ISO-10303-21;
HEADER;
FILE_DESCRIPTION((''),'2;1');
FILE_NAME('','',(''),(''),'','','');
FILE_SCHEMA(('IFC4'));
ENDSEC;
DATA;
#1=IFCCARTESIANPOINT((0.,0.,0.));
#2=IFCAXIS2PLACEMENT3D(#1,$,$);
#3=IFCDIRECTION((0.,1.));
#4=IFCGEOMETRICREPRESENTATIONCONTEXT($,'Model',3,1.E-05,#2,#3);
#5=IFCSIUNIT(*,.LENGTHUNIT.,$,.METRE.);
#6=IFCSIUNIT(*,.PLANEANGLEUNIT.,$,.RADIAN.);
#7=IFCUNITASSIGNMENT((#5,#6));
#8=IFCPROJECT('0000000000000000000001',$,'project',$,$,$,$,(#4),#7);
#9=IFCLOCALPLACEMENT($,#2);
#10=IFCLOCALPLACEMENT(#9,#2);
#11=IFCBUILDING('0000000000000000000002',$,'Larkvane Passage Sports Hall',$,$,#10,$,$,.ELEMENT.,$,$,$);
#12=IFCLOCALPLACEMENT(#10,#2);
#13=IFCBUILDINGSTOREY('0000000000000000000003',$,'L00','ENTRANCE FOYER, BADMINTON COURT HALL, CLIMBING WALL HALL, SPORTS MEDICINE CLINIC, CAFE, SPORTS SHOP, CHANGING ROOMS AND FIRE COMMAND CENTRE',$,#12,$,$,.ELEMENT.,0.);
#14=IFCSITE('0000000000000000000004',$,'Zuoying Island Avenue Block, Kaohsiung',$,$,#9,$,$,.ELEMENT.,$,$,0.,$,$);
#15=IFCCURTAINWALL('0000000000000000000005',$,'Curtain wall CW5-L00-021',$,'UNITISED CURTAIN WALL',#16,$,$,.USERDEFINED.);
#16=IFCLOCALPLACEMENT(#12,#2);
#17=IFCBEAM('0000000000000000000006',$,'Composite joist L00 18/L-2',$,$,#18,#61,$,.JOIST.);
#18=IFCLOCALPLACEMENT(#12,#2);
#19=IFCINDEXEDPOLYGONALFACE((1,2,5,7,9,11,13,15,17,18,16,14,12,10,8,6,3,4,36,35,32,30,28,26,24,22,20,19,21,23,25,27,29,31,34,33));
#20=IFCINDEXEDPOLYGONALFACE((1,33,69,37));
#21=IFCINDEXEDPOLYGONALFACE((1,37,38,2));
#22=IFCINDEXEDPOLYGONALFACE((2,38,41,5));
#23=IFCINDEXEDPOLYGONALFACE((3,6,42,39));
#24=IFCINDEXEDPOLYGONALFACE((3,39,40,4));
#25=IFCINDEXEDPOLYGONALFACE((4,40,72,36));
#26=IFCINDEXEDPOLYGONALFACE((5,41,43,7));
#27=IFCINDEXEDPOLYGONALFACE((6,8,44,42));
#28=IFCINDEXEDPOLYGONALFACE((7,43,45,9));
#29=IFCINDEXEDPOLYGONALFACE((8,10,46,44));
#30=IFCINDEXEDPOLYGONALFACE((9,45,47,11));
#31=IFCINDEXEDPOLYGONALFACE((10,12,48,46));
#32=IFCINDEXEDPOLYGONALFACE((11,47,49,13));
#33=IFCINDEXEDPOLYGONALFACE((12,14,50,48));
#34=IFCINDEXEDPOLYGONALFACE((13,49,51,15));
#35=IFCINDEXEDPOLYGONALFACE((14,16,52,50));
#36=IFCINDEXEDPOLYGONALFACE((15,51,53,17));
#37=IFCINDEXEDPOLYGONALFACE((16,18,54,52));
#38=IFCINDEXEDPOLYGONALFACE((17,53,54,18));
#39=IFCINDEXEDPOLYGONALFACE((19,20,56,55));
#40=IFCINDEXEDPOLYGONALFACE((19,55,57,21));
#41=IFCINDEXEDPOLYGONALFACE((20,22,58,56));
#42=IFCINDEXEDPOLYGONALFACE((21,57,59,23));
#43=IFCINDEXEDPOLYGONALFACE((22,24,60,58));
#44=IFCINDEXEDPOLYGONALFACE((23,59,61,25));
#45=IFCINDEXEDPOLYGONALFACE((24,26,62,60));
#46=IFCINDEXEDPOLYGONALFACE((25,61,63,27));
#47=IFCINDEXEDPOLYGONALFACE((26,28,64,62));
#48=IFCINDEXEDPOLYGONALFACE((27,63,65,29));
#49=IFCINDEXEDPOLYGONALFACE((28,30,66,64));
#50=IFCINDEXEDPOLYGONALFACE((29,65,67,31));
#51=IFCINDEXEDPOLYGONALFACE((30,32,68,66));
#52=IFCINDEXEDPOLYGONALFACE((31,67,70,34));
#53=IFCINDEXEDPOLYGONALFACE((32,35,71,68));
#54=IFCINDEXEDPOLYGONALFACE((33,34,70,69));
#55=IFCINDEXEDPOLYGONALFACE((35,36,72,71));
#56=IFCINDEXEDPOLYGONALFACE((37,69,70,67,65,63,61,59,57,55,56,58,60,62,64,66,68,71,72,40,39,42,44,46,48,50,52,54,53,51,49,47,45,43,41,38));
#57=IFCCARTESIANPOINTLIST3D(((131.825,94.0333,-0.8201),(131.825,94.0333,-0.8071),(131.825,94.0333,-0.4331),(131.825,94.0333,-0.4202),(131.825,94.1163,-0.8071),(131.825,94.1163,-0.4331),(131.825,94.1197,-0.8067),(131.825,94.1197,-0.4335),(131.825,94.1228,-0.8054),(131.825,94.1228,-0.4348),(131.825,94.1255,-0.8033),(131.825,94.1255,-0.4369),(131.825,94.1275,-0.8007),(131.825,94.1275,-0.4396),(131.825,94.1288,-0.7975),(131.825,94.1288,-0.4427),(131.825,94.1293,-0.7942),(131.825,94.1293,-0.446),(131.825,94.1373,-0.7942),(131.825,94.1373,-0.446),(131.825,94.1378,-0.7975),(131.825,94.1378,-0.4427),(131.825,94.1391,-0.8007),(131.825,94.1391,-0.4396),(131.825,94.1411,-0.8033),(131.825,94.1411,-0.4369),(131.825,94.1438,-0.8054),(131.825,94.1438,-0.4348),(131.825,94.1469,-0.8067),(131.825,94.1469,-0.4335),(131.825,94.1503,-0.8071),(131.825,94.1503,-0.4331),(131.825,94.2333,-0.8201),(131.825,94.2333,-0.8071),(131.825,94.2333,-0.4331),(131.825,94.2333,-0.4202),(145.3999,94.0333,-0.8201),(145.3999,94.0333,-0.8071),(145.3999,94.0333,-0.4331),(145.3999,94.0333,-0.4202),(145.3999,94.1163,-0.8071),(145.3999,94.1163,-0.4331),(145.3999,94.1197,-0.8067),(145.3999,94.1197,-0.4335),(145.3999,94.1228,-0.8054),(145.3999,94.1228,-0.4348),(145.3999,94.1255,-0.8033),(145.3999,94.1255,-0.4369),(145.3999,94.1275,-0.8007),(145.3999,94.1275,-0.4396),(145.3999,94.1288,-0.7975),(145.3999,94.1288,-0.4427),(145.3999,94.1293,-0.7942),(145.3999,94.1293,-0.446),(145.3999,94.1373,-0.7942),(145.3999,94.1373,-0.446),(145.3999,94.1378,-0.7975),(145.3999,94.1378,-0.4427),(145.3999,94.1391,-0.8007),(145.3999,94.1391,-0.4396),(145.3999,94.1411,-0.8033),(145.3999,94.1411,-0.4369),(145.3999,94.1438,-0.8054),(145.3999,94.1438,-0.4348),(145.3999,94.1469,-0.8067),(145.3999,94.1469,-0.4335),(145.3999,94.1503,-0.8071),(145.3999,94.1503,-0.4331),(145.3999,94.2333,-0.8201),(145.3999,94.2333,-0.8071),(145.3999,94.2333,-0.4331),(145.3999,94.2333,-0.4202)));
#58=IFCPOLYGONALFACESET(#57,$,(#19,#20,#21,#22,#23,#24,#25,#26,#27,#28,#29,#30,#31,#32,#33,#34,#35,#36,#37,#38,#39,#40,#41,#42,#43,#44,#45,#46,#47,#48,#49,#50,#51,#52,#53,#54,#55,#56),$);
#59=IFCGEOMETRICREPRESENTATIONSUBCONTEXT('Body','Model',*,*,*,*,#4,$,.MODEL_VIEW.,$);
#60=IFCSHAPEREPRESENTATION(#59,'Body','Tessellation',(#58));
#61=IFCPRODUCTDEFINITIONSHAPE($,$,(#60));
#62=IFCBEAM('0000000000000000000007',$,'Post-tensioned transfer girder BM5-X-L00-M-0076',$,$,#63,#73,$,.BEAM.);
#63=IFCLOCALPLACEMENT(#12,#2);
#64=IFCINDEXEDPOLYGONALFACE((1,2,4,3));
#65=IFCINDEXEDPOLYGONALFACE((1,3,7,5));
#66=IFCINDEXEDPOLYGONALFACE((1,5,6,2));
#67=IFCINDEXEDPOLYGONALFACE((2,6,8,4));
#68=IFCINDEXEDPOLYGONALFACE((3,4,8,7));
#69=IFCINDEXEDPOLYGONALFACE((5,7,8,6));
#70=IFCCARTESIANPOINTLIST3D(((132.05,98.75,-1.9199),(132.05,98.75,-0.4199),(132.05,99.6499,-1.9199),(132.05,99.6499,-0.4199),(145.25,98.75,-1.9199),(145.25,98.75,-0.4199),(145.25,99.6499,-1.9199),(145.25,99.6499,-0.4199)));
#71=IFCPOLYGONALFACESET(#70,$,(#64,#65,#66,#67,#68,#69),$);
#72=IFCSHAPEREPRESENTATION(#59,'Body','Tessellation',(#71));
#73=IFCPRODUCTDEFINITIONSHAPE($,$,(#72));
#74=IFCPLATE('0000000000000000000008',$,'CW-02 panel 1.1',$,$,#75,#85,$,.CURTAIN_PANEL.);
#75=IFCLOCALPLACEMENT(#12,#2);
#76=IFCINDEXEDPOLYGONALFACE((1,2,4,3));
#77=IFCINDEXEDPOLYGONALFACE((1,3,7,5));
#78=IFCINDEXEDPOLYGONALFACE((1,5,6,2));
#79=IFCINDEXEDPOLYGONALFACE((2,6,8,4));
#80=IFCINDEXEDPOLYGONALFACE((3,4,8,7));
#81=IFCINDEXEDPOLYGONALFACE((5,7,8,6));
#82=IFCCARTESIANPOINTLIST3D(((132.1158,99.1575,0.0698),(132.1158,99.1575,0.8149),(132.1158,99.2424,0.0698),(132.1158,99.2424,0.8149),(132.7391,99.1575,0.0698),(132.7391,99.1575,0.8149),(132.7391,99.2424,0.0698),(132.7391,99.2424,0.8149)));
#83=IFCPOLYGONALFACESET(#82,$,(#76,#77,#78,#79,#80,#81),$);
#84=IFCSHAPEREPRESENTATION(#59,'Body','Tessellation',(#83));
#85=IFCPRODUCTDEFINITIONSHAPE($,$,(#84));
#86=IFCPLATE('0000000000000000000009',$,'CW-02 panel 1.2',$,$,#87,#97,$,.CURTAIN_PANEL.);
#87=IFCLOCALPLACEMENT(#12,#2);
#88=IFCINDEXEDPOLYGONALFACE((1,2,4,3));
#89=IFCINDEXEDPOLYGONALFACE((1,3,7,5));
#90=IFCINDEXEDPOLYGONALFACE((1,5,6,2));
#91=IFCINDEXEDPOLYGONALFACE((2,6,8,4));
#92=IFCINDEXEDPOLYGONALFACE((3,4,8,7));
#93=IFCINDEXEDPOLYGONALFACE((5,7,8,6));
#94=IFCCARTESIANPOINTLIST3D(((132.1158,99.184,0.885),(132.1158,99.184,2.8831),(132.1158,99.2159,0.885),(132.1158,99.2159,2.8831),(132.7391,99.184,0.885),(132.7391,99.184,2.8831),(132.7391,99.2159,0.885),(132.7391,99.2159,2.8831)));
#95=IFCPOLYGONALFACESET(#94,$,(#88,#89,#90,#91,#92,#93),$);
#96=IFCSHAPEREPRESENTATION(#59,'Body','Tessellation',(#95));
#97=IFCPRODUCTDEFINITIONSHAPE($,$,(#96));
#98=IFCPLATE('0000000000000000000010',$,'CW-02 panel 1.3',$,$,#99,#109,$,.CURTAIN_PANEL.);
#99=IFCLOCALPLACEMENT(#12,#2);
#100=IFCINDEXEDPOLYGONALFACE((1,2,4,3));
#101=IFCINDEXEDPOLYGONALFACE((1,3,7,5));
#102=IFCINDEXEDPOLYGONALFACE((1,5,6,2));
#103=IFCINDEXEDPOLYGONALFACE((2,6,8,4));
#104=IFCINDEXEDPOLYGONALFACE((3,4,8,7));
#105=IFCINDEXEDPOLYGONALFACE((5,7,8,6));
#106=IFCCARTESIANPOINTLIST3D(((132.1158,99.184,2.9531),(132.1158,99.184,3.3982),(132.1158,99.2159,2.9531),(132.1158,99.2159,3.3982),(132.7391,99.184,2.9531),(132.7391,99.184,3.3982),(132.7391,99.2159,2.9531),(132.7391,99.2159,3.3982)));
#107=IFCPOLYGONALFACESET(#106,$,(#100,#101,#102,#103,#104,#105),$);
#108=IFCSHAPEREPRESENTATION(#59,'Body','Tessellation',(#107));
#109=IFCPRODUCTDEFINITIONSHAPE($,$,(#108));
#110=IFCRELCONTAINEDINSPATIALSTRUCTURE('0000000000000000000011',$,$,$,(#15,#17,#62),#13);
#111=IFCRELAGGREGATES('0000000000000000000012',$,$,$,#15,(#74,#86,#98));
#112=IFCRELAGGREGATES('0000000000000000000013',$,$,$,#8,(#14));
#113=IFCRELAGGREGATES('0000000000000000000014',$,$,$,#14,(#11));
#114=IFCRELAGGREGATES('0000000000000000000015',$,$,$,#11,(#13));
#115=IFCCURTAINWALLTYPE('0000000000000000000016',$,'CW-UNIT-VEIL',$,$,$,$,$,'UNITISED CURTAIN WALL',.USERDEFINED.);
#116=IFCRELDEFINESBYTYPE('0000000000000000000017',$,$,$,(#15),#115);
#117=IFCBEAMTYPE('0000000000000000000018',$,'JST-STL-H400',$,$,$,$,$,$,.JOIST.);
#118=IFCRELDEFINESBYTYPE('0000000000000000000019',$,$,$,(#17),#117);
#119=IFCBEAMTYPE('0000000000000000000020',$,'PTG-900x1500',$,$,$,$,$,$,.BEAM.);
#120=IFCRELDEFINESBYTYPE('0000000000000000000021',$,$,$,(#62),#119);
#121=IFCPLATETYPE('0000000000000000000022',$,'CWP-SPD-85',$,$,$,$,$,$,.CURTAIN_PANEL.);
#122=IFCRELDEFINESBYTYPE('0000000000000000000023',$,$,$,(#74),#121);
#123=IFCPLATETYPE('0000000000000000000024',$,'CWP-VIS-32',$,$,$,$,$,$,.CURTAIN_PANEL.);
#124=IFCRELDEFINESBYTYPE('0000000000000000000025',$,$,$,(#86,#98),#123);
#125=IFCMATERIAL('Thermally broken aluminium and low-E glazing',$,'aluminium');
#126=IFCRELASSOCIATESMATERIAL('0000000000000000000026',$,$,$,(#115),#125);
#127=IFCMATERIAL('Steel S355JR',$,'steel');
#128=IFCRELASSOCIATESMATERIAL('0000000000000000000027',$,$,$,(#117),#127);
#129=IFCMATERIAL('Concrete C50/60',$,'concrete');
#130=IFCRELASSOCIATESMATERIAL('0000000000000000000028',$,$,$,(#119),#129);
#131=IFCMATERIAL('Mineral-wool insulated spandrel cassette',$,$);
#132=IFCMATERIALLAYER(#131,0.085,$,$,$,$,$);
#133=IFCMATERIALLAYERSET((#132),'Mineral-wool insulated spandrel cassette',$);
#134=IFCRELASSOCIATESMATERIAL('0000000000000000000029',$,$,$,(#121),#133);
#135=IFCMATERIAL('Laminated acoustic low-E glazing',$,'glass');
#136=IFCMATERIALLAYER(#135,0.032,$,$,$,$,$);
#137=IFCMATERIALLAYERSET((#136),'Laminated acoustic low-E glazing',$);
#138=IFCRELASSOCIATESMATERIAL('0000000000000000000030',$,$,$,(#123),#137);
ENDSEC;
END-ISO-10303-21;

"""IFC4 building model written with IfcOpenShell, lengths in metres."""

from ifc_helpers import new_model, si_unit, direction, frame, origin, origin_2d, place, context, subcontext, project, spatial, rectangle, i_section, extrude, material, layer, layer_set, material_profile, profile_set, type_object, element, aggregate, save


model = new_model("IFC4")

# Units and contexts
model_context = context("Model", 3, precision=1e-05, world=origin(), true_north=direction((0.0, 1.0)))
body_context = subcontext(model_context, "Body", "Model", "MODEL_VIEW")
ifc_project = project(units=[si_unit("LENGTHUNIT", "METRE"), si_unit("PLANEANGLEUNIT", "RADIAN")], contexts=[model_context])

# Site, building, storey
site_placement = place(None, origin())
site = spatial("IfcSite", under=ifc_project, at=site_placement, Name="Zuoying Island Avenue Block, Kaohsiung", CompositionType="ELEMENT", RefElevation=0.0)
building_placement = place(site_placement, origin())
building = spatial("IfcBuilding", under=site, at=building_placement, Name="Larkvane Passage Sports Hall", CompositionType="ELEMENT")
storey_placement = place(building_placement, origin())
storey = spatial("IfcBuildingStorey", under=building, at=storey_placement, Name="L00", Description="ENTRANCE FOYER, BADMINTON COURT HALL, CLIMBING WALL HALL, SPORTS MEDICINE CLINIC, CAFE, SPORTS SHOP, CHANGING ROOMS AND FIRE COMMAND CENTRE", CompositionType="ELEMENT", Elevation=0.0)

# Curtain wall
ifc_material_1 = material(Name="Thermally broken aluminium and low-E glazing", Category="aluminium")
curtain_wall_type = type_object("IfcCurtainWallType", Name="CW-UNIT-VEIL", ElementType="UNITISED CURTAIN WALL", PredefinedType="USERDEFINED", material=ifc_material_1)
curtain_wall_placement = place(storey_placement, origin())
curtain_wall = element("IfcCurtainWall", 1, at=curtain_wall_placement, inside=storey, type_object=curtain_wall_type, Name="Curtain wall CW5-L00-021", ObjectType="UNITISED CURTAIN WALL", PredefinedType="USERDEFINED")

# Beams
ifc_material_2 = material(Name="Steel S355JR", Category="steel")
ifc_material_profile_1 = material_profile(ifc_material_2, i_section(OverallWidth=0.2, OverallDepth=0.3999, WebThickness=0.0081, FlangeThickness=0.0129, FilletRadius=0.0129, at=origin_2d()), Name="H-400x200x8x13")
ifc_profile_set_1 = profile_set([ifc_material_profile_1], Name="Steel S355JR")
beam_type_1 = type_object("IfcBeamType", Name="JST-STL-H400", PredefinedType="JOIST", material=ifc_profile_set_1)
beam_1_placement = place(storey_placement, frame((131.825, 94.1333, -0.6201), z_axis=(1.0, 0.0, 0.0), x_axis=(0.0, 1.0, 0.0)))
element("IfcBeam", 2, at=beam_1_placement, inside=storey, type_object=beam_type_1, Name="Composite joist L00 18/L-2", PredefinedType="JOIST", context=body_context, shape_type="SweptSolid", body=[
    extrude(i_section(OverallWidth=0.2, OverallDepth=0.3999, WebThickness=0.0081, FlangeThickness=0.0129, FilletRadius=0.0129, at=origin_2d()), origin(), (0.0, 0.0, 1.0), 13.575),
])
ifc_material_3 = material(Name="Concrete C50/60", Category="concrete")
ifc_material_profile_2 = material_profile(ifc_material_3, rectangle(XDim=0.8999, YDim=1.5, at=origin_2d()), Name="PT-GIR-900x1500")
ifc_profile_set_2 = profile_set([ifc_material_profile_2], Name="Concrete C50/60")
beam_type_2 = type_object("IfcBeamType", Name="PTG-900x1500", PredefinedType="BEAM", material=ifc_profile_set_2)
beam_2_placement = place(storey_placement, frame((132.05, 99.2, -1.1699), z_axis=(1.0, 0.0, 0.0), x_axis=(0.0, 1.0, 0.0)))
element("IfcBeam", 3, at=beam_2_placement, inside=storey, type_object=beam_type_2, Name="Post-tensioned transfer girder BM5-X-L00-M-0076", PredefinedType="BEAM", context=body_context, shape_type="SweptSolid", body=[
    extrude(rectangle(XDim=0.8999, YDim=1.5, at=origin_2d()), origin(), (0.0, 0.0, 1.0), 13.2),
])

# Plates
ifc_material_4 = material(Name="Mineral-wool insulated spandrel cassette")
ifc_layer_1 = layer(ifc_material_4, 0.085)
ifc_layer_set_1 = layer_set([ifc_layer_1], Name="Mineral-wool insulated spandrel cassette")
plate_type_1 = type_object("IfcPlateType", Name="CWP-SPD-85", PredefinedType="CURTAIN_PANEL", material=ifc_layer_set_1)
plate_1_placement = place(storey_placement, frame((132.4275, 99.2, 0.0698), z_axis=(0.0, 0.0, 1.0), x_axis=(1.0, 0.0, 0.0)))
plate_1 = element("IfcPlate", 4, at=plate_1_placement, type_object=plate_type_1, Name="CW-02 panel 1.1", PredefinedType="CURTAIN_PANEL", context=body_context, shape_type="SweptSolid", body=[
    extrude(rectangle(XDim=0.6233, YDim=0.085, at=origin_2d()), origin(), (0.0, 0.0, 1.0), 0.7451),
])
ifc_material_5 = material(Name="Laminated acoustic low-E glazing", Category="glass")
ifc_layer_2 = layer(ifc_material_5, 0.032)
ifc_layer_set_2 = layer_set([ifc_layer_2], Name="Laminated acoustic low-E glazing")
plate_type_2 = type_object("IfcPlateType", Name="CWP-VIS-32", PredefinedType="CURTAIN_PANEL", material=ifc_layer_set_2)
plate_2_placement = place(storey_placement, frame((132.4275, 99.2, 0.885), z_axis=(0.0, 0.0, 1.0), x_axis=(1.0, 0.0, 0.0)))
plate_2 = element("IfcPlate", 5, at=plate_2_placement, type_object=plate_type_2, Name="CW-02 panel 1.2", PredefinedType="CURTAIN_PANEL", context=body_context, shape_type="SweptSolid", body=[
    extrude(rectangle(XDim=0.6233, YDim=0.032, at=origin_2d()), origin(), (0.0, 0.0, 1.0), 1.998),
])
plate_3_placement = place(storey_placement, frame((132.4275, 99.2, 2.9531), z_axis=(0.0, 0.0, 1.0), x_axis=(1.0, 0.0, 0.0)))
plate_3 = element("IfcPlate", 6, at=plate_3_placement, type_object=plate_type_2, Name="CW-02 panel 1.3", PredefinedType="CURTAIN_PANEL", context=body_context, shape_type="SweptSolid", body=[
    extrude(rectangle(XDim=0.6233, YDim=0.032, at=origin_2d()), origin(), (0.0, 0.0, 1.0), 0.4451),
])
aggregate(curtain_wall, [plate_1, plate_2, plate_3])

save(model, "model.ifc")
